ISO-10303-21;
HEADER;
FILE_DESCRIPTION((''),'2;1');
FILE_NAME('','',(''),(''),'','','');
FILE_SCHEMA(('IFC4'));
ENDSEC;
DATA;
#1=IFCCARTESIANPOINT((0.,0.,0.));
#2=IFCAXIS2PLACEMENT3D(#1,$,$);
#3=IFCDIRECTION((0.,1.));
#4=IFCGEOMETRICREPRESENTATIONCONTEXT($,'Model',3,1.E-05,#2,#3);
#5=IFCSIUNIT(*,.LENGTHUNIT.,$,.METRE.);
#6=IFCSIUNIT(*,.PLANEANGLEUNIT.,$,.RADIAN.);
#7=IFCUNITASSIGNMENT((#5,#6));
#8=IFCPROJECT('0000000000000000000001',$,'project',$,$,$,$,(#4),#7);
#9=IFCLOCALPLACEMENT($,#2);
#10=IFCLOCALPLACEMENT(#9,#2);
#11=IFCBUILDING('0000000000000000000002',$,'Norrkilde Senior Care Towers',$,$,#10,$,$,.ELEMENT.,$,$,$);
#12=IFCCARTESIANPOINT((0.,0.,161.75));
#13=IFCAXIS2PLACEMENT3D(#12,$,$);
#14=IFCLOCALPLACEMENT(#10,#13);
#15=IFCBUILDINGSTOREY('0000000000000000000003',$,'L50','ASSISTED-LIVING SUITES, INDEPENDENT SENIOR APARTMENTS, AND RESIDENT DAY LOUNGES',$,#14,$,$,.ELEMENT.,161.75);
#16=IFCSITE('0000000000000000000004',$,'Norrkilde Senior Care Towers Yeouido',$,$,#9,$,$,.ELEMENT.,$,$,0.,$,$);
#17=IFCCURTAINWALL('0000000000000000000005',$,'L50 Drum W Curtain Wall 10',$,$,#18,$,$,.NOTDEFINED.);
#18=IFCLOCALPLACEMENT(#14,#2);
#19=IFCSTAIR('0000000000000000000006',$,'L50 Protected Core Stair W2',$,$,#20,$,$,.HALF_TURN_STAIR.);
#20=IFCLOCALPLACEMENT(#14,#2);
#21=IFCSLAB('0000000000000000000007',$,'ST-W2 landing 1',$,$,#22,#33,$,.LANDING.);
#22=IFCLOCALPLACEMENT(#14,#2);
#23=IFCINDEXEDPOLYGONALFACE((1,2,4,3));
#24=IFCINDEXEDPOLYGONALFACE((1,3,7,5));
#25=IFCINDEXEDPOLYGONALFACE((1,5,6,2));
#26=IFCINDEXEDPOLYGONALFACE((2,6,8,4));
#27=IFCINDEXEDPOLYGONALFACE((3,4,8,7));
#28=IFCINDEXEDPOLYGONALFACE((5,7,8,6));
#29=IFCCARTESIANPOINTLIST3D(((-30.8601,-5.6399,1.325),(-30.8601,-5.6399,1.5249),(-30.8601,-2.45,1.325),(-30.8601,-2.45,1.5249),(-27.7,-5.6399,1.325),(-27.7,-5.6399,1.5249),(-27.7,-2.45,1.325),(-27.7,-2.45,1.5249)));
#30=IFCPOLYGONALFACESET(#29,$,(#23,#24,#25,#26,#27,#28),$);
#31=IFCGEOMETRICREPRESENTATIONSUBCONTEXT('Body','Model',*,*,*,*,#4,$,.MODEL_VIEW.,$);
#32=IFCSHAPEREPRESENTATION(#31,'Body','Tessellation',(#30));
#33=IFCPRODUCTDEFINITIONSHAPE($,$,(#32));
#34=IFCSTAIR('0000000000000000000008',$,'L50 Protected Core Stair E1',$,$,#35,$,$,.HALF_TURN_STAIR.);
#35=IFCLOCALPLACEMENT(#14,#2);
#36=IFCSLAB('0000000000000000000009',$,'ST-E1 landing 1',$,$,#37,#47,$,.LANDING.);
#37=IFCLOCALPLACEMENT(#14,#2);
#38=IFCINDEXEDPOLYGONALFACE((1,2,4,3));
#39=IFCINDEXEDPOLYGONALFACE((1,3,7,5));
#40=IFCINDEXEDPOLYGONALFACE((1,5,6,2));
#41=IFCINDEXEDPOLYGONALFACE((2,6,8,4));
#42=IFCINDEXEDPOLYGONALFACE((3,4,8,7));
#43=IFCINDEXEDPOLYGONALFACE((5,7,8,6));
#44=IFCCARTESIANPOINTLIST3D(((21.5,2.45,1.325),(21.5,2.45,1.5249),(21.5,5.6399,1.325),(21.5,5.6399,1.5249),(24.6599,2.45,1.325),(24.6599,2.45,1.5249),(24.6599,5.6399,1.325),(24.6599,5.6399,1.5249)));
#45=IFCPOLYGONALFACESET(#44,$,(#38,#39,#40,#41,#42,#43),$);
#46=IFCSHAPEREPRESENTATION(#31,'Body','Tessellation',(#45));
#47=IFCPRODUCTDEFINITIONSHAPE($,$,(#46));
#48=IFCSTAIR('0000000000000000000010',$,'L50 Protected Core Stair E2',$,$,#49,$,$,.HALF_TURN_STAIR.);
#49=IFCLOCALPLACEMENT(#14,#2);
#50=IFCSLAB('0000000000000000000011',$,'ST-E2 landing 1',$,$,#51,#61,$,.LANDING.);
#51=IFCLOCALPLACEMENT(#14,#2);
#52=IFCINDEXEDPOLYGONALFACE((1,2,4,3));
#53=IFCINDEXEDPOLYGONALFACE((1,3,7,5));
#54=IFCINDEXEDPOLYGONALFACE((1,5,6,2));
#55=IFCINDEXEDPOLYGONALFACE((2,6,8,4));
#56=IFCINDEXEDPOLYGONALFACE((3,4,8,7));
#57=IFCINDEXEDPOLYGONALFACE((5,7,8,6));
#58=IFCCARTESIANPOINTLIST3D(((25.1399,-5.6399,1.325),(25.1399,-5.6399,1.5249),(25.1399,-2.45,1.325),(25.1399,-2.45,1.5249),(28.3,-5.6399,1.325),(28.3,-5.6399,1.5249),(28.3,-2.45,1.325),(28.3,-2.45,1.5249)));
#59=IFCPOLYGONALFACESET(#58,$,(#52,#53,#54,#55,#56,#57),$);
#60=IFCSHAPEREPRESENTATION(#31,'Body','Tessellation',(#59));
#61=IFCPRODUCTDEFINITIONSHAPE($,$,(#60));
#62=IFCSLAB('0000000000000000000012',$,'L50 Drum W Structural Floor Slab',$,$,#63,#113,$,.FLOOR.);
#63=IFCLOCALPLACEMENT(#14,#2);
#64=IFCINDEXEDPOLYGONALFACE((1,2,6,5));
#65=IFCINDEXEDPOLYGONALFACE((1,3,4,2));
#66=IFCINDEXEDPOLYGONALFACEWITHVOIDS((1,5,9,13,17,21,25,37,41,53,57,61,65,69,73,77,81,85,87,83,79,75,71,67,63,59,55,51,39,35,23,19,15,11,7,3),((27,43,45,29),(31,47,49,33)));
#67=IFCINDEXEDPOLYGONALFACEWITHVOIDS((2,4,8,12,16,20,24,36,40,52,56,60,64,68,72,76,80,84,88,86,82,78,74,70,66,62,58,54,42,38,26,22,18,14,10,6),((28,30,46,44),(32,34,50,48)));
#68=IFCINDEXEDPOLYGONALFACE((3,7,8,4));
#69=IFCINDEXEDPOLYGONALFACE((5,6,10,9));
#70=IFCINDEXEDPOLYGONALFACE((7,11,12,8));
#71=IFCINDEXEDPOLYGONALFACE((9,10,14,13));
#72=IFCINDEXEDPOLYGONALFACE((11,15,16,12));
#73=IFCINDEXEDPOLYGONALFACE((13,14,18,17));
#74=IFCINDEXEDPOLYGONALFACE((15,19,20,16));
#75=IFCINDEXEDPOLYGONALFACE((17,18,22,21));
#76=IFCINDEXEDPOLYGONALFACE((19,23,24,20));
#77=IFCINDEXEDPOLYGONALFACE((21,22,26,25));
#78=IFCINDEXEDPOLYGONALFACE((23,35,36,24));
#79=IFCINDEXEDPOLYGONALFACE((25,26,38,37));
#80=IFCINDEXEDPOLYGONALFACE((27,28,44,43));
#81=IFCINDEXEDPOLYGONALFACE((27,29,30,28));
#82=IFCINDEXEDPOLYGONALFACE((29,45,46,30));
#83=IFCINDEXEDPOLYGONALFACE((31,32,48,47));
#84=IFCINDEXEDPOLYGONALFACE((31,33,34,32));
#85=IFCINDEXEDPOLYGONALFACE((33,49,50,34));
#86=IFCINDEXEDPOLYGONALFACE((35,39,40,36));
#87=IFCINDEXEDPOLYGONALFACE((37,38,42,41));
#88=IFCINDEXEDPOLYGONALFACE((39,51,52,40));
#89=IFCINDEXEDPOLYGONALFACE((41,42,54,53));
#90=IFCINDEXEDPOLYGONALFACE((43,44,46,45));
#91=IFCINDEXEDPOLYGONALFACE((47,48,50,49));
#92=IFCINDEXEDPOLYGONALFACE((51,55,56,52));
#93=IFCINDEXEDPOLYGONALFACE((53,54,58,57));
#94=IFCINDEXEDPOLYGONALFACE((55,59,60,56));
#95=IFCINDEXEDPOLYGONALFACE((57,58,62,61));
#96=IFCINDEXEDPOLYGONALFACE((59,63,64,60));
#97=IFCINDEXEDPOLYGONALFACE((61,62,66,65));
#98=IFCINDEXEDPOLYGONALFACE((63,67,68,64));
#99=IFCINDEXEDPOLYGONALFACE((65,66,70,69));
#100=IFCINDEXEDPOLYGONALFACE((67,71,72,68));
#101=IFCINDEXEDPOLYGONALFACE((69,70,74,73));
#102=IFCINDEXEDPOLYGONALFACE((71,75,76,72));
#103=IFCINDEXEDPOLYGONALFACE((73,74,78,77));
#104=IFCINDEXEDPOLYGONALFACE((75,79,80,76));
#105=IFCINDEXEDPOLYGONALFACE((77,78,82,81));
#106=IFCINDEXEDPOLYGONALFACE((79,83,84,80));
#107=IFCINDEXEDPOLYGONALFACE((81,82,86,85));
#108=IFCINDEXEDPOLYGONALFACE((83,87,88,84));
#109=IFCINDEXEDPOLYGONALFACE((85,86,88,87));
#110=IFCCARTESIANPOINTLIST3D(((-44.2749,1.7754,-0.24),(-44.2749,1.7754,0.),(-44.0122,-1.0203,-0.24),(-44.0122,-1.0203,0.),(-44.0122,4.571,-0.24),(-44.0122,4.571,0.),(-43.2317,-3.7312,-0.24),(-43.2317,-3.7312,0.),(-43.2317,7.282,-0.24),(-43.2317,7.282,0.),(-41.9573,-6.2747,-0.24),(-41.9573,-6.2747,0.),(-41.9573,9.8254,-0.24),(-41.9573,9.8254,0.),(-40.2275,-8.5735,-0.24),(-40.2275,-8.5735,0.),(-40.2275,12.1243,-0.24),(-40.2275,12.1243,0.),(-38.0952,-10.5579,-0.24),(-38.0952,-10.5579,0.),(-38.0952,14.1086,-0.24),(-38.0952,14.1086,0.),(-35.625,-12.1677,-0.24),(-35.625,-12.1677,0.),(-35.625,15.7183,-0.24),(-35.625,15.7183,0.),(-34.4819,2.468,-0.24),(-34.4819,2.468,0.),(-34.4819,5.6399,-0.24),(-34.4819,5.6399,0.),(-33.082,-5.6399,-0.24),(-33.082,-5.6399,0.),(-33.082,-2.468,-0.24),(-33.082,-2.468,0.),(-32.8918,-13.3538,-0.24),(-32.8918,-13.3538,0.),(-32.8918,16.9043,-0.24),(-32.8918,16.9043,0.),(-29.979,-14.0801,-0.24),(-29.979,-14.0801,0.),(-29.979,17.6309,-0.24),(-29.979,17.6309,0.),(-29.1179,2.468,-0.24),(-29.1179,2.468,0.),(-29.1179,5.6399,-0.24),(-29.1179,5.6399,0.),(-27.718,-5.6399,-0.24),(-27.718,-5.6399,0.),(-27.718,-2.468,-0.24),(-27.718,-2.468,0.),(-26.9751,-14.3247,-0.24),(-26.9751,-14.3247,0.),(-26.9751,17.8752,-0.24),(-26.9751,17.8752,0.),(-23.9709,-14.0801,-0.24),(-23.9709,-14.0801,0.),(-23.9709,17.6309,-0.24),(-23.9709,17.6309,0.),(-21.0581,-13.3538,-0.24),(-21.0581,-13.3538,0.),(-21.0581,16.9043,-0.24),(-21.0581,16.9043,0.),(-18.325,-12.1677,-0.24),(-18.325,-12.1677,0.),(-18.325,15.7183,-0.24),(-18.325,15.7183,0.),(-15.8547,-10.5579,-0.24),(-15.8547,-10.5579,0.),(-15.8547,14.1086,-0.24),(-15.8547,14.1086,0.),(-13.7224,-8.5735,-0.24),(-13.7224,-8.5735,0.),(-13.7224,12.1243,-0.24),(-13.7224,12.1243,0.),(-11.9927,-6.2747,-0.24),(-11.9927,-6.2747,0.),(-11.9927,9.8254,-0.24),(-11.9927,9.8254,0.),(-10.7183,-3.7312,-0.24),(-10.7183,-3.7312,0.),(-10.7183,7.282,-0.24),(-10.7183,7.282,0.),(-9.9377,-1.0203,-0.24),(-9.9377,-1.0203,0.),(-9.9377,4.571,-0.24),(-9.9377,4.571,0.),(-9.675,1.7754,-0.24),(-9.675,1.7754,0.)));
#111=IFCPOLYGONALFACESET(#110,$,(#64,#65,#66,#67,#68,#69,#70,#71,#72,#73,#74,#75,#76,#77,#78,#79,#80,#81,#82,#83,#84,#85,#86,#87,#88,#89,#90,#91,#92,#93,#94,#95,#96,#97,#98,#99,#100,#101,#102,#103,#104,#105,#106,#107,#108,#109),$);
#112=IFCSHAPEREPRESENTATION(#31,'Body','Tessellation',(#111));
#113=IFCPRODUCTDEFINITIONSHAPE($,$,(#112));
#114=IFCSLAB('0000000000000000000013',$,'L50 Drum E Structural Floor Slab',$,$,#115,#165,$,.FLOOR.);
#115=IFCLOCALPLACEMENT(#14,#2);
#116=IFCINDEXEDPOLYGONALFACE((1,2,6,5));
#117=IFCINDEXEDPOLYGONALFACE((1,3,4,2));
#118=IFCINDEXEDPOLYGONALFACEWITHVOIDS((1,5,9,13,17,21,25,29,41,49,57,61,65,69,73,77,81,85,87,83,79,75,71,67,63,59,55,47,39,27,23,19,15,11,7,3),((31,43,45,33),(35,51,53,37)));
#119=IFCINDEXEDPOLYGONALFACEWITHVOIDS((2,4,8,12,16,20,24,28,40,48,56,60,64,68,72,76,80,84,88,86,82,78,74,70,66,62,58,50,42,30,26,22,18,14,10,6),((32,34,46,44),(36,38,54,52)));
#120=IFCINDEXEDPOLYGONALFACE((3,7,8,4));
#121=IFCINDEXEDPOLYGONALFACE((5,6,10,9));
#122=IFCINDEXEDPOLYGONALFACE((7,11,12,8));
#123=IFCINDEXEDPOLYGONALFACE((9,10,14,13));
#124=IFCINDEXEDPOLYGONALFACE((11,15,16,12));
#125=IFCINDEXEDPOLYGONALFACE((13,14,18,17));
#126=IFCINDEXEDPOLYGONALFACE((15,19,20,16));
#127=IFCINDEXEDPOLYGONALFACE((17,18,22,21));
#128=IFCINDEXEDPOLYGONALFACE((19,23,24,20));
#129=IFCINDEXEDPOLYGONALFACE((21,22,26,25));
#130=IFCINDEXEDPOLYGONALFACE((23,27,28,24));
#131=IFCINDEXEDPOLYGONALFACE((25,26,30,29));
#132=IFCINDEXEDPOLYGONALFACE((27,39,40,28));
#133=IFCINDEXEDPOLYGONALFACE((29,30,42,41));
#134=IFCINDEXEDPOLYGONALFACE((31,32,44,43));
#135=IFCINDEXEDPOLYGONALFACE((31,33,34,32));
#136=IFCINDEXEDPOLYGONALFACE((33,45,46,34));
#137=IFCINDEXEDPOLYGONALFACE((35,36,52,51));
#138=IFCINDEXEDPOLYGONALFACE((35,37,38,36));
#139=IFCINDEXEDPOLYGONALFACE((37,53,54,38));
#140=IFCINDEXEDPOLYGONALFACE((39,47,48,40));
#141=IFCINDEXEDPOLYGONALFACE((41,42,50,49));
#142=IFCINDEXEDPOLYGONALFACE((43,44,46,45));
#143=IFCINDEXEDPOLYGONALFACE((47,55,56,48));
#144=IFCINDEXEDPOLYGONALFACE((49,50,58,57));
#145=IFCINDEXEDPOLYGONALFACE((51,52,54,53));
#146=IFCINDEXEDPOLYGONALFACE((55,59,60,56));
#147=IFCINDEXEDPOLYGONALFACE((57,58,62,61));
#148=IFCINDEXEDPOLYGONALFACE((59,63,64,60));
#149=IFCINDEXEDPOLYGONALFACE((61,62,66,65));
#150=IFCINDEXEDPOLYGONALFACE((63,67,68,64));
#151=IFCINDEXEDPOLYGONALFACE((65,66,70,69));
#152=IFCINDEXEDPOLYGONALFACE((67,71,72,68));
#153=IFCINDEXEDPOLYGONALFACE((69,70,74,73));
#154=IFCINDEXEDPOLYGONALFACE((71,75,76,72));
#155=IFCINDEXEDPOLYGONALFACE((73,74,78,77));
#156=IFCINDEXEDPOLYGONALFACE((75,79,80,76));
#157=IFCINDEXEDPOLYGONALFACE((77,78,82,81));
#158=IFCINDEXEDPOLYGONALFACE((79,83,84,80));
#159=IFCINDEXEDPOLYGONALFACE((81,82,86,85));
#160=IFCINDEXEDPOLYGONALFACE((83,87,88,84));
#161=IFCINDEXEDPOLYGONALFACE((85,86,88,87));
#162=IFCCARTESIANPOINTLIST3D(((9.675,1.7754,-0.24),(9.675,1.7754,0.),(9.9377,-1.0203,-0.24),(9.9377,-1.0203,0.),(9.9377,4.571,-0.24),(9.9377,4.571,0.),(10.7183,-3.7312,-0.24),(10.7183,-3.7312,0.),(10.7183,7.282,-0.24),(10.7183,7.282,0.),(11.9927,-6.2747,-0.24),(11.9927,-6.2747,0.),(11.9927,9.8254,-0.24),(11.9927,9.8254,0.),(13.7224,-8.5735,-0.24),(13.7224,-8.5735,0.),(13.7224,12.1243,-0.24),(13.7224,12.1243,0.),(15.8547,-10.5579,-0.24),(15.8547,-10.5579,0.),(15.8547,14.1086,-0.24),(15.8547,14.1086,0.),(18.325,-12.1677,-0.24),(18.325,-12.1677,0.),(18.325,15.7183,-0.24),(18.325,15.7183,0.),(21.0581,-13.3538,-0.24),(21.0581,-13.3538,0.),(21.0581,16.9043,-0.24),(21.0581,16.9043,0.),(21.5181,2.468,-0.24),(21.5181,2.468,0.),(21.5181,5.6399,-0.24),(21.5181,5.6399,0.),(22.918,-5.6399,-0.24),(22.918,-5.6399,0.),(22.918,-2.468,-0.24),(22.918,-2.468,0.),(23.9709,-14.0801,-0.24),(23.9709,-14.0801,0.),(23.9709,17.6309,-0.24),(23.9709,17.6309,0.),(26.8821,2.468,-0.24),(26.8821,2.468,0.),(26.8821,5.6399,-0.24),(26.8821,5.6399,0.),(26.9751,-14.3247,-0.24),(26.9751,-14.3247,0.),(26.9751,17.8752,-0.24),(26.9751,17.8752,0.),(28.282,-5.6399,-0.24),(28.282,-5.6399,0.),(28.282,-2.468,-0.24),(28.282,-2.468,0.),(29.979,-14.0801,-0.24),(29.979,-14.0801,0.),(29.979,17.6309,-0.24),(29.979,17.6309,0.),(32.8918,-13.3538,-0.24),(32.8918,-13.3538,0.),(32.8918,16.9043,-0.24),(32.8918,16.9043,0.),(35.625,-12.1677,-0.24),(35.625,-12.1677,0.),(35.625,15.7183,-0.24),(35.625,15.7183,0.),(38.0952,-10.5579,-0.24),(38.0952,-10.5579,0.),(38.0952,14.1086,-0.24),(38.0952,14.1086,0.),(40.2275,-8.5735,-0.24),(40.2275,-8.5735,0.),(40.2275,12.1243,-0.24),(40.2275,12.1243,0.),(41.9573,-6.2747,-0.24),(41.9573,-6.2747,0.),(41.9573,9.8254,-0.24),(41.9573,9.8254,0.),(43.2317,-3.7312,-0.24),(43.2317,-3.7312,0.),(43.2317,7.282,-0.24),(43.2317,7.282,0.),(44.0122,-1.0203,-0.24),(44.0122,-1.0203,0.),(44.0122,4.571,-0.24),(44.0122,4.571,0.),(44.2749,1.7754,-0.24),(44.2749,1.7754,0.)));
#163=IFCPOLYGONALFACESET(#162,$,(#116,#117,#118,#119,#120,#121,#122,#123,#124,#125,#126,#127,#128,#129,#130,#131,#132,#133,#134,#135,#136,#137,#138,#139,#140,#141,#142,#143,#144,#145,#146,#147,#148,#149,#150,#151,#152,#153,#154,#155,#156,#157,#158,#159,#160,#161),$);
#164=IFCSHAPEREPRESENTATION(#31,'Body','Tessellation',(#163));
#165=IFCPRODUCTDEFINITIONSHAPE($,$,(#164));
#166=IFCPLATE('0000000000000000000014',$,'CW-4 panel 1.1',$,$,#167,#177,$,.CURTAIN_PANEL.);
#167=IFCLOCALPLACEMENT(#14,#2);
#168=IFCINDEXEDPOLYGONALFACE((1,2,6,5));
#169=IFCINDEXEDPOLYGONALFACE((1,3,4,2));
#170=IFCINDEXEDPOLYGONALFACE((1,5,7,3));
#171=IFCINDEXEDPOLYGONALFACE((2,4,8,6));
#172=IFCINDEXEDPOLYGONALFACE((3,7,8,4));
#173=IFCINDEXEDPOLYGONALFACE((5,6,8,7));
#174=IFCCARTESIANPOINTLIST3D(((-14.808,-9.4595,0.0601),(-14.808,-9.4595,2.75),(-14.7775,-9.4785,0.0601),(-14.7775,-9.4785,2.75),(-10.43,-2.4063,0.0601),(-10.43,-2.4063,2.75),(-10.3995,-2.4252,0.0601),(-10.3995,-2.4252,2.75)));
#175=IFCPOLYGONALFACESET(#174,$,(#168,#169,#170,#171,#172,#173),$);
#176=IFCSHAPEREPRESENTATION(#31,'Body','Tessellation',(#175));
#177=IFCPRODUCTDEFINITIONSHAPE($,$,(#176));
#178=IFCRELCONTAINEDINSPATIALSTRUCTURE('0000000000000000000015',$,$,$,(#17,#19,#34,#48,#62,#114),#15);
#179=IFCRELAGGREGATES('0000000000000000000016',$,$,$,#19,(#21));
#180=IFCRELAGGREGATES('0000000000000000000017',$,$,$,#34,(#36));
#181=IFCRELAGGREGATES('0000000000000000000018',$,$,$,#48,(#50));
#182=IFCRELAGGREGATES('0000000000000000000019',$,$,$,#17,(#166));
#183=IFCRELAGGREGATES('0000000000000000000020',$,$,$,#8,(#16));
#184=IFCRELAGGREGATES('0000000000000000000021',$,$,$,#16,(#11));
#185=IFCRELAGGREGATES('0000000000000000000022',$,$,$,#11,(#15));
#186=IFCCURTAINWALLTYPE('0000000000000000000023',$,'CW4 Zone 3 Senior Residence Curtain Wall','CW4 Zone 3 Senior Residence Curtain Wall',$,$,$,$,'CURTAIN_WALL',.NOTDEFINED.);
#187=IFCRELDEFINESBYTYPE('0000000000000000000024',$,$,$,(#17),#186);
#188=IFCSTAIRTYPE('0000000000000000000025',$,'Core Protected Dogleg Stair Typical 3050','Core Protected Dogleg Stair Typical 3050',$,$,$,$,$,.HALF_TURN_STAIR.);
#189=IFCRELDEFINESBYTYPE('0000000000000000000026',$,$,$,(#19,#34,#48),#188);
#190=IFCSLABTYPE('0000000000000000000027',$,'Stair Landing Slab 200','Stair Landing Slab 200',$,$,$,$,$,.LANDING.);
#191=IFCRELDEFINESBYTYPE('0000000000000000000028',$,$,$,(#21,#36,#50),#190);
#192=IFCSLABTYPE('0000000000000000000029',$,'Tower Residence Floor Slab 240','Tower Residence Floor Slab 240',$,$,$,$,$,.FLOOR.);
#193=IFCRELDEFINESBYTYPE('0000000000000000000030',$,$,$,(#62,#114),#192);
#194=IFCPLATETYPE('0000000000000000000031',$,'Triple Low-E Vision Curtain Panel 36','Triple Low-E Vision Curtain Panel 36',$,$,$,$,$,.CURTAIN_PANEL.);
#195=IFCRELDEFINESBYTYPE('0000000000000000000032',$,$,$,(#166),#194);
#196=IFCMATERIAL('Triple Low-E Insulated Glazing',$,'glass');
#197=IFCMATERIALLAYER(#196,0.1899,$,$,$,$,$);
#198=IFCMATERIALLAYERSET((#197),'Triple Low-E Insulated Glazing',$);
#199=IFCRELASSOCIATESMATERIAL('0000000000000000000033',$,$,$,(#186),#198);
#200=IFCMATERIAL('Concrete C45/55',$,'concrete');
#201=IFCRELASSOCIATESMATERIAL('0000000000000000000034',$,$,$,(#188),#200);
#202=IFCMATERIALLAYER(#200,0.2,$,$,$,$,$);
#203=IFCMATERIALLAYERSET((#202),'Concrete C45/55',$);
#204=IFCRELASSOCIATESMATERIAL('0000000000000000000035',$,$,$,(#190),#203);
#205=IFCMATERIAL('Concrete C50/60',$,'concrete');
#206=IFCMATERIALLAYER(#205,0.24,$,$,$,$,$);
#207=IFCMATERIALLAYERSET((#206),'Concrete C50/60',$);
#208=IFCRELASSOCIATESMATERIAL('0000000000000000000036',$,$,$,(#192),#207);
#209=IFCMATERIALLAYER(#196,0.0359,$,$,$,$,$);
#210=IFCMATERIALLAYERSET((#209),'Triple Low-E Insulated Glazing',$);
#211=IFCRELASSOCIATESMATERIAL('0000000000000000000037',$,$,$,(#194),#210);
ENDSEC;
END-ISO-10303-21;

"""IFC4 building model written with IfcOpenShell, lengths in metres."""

from ifc_helpers import new_model, si_unit, direction, frame, origin, origin_2d, place, context, subcontext, project, spatial, polyline, rectangle, outline, extrude, source, transform, mapped, material, layer, layer_set, type_object, type_shapes, element, aggregate, save


model = new_model("IFC4")

# Units and contexts
model_context = context("Model", 3, precision=1e-05, world=origin(), true_north=direction((0.0, 1.0)))
body_context = subcontext(model_context, "Body", "Model", "MODEL_VIEW")
ifc_project = project(units=[si_unit("LENGTHUNIT", "METRE"), si_unit("PLANEANGLEUNIT", "RADIAN")], contexts=[model_context])

# Site, building, storey
site_placement = place(None, origin())
site = spatial("IfcSite", under=ifc_project, at=site_placement, Name="Norrkilde Senior Care Towers Yeouido", CompositionType="ELEMENT", RefElevation=0.0)
building_placement = place(site_placement, origin())
building = spatial("IfcBuilding", under=site, at=building_placement, Name="Norrkilde Senior Care Towers", CompositionType="ELEMENT")
storey_placement = place(building_placement, frame((0.0, 0.0, 161.75)))
storey = spatial("IfcBuildingStorey", under=building, at=storey_placement, Name="L50", Description="ASSISTED-LIVING SUITES, INDEPENDENT SENIOR APARTMENTS, AND RESIDENT DAY LOUNGES", CompositionType="ELEMENT", Elevation=161.75)

# Shared definitions
ifc_material_1 = material(Name="Concrete C50/60", Category="concrete")

# Shared definitions
ifc_material_2 = material(Name="Triple Low-E Insulated Glazing", Category="glass")
ifc_layer_1 = layer(ifc_material_2, 0.1899)
ifc_layer_set_1 = layer_set([ifc_layer_1], Name="Triple Low-E Insulated Glazing")
curtain_wall_type = type_object("IfcCurtainWallType", Name="CW4 Zone 3 Senior Residence Curtain Wall", Description="CW4 Zone 3 Senior Residence Curtain Wall", ElementType="CURTAIN_WALL", PredefinedType="NOTDEFINED", material=ifc_layer_set_1)

# Curtain wall
curtain_wall_1_placement = place(storey_placement, origin())
curtain_wall_1 = element("IfcCurtainWall", 1, at=curtain_wall_1_placement, inside=storey, type_object=curtain_wall_type, Name="L50 Drum W Curtain Wall 10", PredefinedType="NOTDEFINED")

# Stairs, slabs
ifc_material_3 = material(Name="Concrete C45/55", Category="concrete")
stair_type = type_object("IfcStairType", Name="Core Protected Dogleg Stair Typical 3050", Description="Core Protected Dogleg Stair Typical 3050", PredefinedType="HALF_TURN_STAIR", material=ifc_material_3)
ifc_layer_2 = layer(ifc_material_3, 0.2)
ifc_layer_set_2 = layer_set([ifc_layer_2], Name="Concrete C45/55")
slab_type_1 = type_object("IfcSlabType", Name="Stair Landing Slab 200", Description="Stair Landing Slab 200", PredefinedType="LANDING", material=ifc_layer_set_2)
stair_1_placement = place(storey_placement, origin())
stair_1 = element("IfcStair", 2, at=stair_1_placement, inside=storey, type_object=stair_type, Name="L50 Protected Core Stair W2", PredefinedType="HALF_TURN_STAIR")
slab_1_placement = place(storey_placement, frame((0.0, 0.0, 1.325)))
slab_1 = element("IfcSlab", 3, at=slab_1_placement, type_object=slab_type_1, Name="ST-W2 landing 1", PredefinedType="LANDING", context=body_context, shape_type="SweptSolid", body=[
    extrude(outline(polyline([(-30.8601, -5.6399), (-27.7, -5.6399), (-27.7, -2.45), (-30.8601, -2.45), (-30.8601, -5.6399)])), origin(), (0.0, 0.0, 1.0), 0.2),
])
aggregate(stair_1, [slab_1])
stair_2_placement = place(storey_placement, origin())
stair_2 = element("IfcStair", 4, at=stair_2_placement, inside=storey, type_object=stair_type, Name="L50 Protected Core Stair E1", PredefinedType="HALF_TURN_STAIR")
slab_2_placement = place(storey_placement, frame((0.0, 0.0, 1.325)))
slab_2 = element("IfcSlab", 5, at=slab_2_placement, type_object=slab_type_1, Name="ST-E1 landing 1", PredefinedType="LANDING", context=body_context, shape_type="SweptSolid", body=[
    extrude(outline(polyline([(24.6599, 5.6399), (21.5, 5.6399), (21.5, 2.45), (24.6599, 2.45), (24.6599, 5.6399)])), origin(), (0.0, 0.0, 1.0), 0.2),
])
aggregate(stair_2, [slab_2])
stair_3_placement = place(storey_placement, origin())
stair_3 = element("IfcStair", 6, at=stair_3_placement, inside=storey, type_object=stair_type, Name="L50 Protected Core Stair E2", PredefinedType="HALF_TURN_STAIR")
slab_3_placement = place(storey_placement, frame((0.0, 0.0, 1.325)))
slab_3 = element("IfcSlab", 7, at=slab_3_placement, type_object=slab_type_1, Name="ST-E2 landing 1", PredefinedType="LANDING", context=body_context, shape_type="SweptSolid", body=[
    extrude(outline(polyline([(25.1399, -5.6399), (28.3, -5.6399), (28.3, -2.45), (25.1399, -2.45), (25.1399, -5.6399)])), origin(), (0.0, 0.0, 1.0), 0.2),
])
aggregate(stair_3, [slab_3])

# Slabs
ifc_layer_3 = layer(ifc_material_1, 0.24)
ifc_layer_set_3 = layer_set([ifc_layer_3], Name="Concrete C50/60")
slab_type_2 = type_object("IfcSlabType", Name="Tower Residence Floor Slab 240", Description="Tower Residence Floor Slab 240", PredefinedType="FLOOR", material=ifc_layer_set_3)
slab_4_placement = place(storey_placement, frame((0.0, 0.0, -0.24)))
element("IfcSlab", 8, at=slab_4_placement, inside=storey, type_object=slab_type_2, Name="L50 Drum W Structural Floor Slab", PredefinedType="FLOOR", context=body_context, shape_type="SweptSolid", body=[
    extrude(outline(polyline([(-10.7183, -3.7312), (-11.9927, -6.2747), (-13.7224, -8.5735), (-15.8547, -10.5579), (-18.325, -12.1677), (-21.0581, -13.3538), (-23.9709, -14.0801), (-26.9751, -14.3247), (-29.979, -14.0801), (-32.8918, -13.3538), (-35.625, -12.1677), (-38.0952, -10.5579), (-40.2275, -8.5735), (-41.9573, -6.2747), (-43.2317, -3.7312), (-44.0122, -1.0203), (-44.2749, 1.7754), (-44.0122, 4.571), (-43.2317, 7.282), (-41.9573, 9.8254), (-40.2275, 12.1243), (-38.0952, 14.1086), (-35.625, 15.7183), (-32.8918, 16.9043), (-29.979, 17.6309), (-26.9751, 17.8752), (-23.9709, 17.6309), (-21.0581, 16.9043), (-18.325, 15.7183), (-15.8547, 14.1086), (-13.7224, 12.1243), (-11.9927, 9.8254), (-10.7183, 7.282), (-9.9377, 4.571), (-9.675, 1.7754), (-9.9377, -1.0203), (-10.7183, -3.7312)]), holes=[polyline([(-34.4819, 2.468), (-29.1179, 2.468), (-29.1179, 5.6399), (-34.4819, 5.6399), (-34.4819, 2.468)]), polyline([(-27.718, -5.6399), (-27.718, -2.468), (-33.082, -2.468), (-33.082, -5.6399), (-27.718, -5.6399)])]), origin(), (0.0, 0.0, 1.0), 0.24),
])
slab_5_placement = place(storey_placement, frame((0.0, 0.0, -0.24)))
element("IfcSlab", 9, at=slab_5_placement, inside=storey, type_object=slab_type_2, Name="L50 Drum E Structural Floor Slab", PredefinedType="FLOOR", context=body_context, shape_type="SweptSolid", body=[
    extrude(outline(polyline([(43.2317, -3.7312), (41.9573, -6.2747), (40.2275, -8.5735), (38.0952, -10.5579), (35.625, -12.1677), (32.8918, -13.3538), (29.979, -14.0801), (26.9751, -14.3247), (23.9709, -14.0801), (21.0581, -13.3538), (18.325, -12.1677), (15.8547, -10.5579), (13.7224, -8.5735), (11.9927, -6.2747), (10.7183, -3.7312), (9.9377, -1.0203), (9.675, 1.7754), (9.9377, 4.571), (10.7183, 7.282), (11.9927, 9.8254), (13.7224, 12.1243), (15.8547, 14.1086), (18.325, 15.7183), (21.0581, 16.9043), (23.9709, 17.6309), (26.9751, 17.8752), (29.979, 17.6309), (32.8918, 16.9043), (35.625, 15.7183), (38.0952, 14.1086), (40.2275, 12.1243), (41.9573, 9.8254), (43.2317, 7.282), (44.0122, 4.571), (44.2749, 1.7754), (44.0122, -1.0203), (43.2317, -3.7312)]), holes=[polyline([(21.5181, 2.468), (26.8821, 2.468), (26.8821, 5.6399), (21.5181, 5.6399), (21.5181, 2.468)]), polyline([(28.282, -5.6399), (28.282, -2.468), (22.918, -2.468), (22.918, -5.6399), (28.282, -5.6399)])]), origin(), (0.0, 0.0, 1.0), 0.24),
])

# Plate
ifc_layer_4 = layer(ifc_material_2, 0.0359)
ifc_layer_set_4 = layer_set([ifc_layer_4], Name="Triple Low-E Insulated Glazing")
plate_type = type_object("IfcPlateType", Name="Triple Low-E Vision Curtain Panel 36", Description="Triple Low-E Vision Curtain Panel 36", PredefinedType="CURTAIN_PANEL", material=ifc_layer_set_4)
shared_shape_1 = source(origin(), body_context, "Body", "SweptSolid", [
    extrude(rectangle(XDim=8.3015, YDim=0.0359, at=origin_2d()), origin(), (0.0, 0.0, 1.0), 2.6899),
])
type_shapes(plate_type, [shared_shape_1])
plate_placement = place(storey_placement, frame((-12.6038, -5.9424, 0.0601), z_axis=(0.0, 0.0, 1.0), x_axis=(-0.527373, -0.849634, 0.0)))
plate = element("IfcPlate", 10, at=plate_placement, type_object=plate_type, Name="CW-4 panel 1.1", PredefinedType="CURTAIN_PANEL", context=body_context, shape_type="MappedRepresentation", body=[
    mapped(shared_shape_1, transform((0.0, 0.0, 0.0), x_axis=(1.0, 0.0, 0.0), y_axis=(0.0, 1.0, 0.0), z_axis=(0.0, 0.0, 1.0), scale=1.0)),
])
aggregate(curtain_wall_1, [plate])

save(model, "model.ifc")
